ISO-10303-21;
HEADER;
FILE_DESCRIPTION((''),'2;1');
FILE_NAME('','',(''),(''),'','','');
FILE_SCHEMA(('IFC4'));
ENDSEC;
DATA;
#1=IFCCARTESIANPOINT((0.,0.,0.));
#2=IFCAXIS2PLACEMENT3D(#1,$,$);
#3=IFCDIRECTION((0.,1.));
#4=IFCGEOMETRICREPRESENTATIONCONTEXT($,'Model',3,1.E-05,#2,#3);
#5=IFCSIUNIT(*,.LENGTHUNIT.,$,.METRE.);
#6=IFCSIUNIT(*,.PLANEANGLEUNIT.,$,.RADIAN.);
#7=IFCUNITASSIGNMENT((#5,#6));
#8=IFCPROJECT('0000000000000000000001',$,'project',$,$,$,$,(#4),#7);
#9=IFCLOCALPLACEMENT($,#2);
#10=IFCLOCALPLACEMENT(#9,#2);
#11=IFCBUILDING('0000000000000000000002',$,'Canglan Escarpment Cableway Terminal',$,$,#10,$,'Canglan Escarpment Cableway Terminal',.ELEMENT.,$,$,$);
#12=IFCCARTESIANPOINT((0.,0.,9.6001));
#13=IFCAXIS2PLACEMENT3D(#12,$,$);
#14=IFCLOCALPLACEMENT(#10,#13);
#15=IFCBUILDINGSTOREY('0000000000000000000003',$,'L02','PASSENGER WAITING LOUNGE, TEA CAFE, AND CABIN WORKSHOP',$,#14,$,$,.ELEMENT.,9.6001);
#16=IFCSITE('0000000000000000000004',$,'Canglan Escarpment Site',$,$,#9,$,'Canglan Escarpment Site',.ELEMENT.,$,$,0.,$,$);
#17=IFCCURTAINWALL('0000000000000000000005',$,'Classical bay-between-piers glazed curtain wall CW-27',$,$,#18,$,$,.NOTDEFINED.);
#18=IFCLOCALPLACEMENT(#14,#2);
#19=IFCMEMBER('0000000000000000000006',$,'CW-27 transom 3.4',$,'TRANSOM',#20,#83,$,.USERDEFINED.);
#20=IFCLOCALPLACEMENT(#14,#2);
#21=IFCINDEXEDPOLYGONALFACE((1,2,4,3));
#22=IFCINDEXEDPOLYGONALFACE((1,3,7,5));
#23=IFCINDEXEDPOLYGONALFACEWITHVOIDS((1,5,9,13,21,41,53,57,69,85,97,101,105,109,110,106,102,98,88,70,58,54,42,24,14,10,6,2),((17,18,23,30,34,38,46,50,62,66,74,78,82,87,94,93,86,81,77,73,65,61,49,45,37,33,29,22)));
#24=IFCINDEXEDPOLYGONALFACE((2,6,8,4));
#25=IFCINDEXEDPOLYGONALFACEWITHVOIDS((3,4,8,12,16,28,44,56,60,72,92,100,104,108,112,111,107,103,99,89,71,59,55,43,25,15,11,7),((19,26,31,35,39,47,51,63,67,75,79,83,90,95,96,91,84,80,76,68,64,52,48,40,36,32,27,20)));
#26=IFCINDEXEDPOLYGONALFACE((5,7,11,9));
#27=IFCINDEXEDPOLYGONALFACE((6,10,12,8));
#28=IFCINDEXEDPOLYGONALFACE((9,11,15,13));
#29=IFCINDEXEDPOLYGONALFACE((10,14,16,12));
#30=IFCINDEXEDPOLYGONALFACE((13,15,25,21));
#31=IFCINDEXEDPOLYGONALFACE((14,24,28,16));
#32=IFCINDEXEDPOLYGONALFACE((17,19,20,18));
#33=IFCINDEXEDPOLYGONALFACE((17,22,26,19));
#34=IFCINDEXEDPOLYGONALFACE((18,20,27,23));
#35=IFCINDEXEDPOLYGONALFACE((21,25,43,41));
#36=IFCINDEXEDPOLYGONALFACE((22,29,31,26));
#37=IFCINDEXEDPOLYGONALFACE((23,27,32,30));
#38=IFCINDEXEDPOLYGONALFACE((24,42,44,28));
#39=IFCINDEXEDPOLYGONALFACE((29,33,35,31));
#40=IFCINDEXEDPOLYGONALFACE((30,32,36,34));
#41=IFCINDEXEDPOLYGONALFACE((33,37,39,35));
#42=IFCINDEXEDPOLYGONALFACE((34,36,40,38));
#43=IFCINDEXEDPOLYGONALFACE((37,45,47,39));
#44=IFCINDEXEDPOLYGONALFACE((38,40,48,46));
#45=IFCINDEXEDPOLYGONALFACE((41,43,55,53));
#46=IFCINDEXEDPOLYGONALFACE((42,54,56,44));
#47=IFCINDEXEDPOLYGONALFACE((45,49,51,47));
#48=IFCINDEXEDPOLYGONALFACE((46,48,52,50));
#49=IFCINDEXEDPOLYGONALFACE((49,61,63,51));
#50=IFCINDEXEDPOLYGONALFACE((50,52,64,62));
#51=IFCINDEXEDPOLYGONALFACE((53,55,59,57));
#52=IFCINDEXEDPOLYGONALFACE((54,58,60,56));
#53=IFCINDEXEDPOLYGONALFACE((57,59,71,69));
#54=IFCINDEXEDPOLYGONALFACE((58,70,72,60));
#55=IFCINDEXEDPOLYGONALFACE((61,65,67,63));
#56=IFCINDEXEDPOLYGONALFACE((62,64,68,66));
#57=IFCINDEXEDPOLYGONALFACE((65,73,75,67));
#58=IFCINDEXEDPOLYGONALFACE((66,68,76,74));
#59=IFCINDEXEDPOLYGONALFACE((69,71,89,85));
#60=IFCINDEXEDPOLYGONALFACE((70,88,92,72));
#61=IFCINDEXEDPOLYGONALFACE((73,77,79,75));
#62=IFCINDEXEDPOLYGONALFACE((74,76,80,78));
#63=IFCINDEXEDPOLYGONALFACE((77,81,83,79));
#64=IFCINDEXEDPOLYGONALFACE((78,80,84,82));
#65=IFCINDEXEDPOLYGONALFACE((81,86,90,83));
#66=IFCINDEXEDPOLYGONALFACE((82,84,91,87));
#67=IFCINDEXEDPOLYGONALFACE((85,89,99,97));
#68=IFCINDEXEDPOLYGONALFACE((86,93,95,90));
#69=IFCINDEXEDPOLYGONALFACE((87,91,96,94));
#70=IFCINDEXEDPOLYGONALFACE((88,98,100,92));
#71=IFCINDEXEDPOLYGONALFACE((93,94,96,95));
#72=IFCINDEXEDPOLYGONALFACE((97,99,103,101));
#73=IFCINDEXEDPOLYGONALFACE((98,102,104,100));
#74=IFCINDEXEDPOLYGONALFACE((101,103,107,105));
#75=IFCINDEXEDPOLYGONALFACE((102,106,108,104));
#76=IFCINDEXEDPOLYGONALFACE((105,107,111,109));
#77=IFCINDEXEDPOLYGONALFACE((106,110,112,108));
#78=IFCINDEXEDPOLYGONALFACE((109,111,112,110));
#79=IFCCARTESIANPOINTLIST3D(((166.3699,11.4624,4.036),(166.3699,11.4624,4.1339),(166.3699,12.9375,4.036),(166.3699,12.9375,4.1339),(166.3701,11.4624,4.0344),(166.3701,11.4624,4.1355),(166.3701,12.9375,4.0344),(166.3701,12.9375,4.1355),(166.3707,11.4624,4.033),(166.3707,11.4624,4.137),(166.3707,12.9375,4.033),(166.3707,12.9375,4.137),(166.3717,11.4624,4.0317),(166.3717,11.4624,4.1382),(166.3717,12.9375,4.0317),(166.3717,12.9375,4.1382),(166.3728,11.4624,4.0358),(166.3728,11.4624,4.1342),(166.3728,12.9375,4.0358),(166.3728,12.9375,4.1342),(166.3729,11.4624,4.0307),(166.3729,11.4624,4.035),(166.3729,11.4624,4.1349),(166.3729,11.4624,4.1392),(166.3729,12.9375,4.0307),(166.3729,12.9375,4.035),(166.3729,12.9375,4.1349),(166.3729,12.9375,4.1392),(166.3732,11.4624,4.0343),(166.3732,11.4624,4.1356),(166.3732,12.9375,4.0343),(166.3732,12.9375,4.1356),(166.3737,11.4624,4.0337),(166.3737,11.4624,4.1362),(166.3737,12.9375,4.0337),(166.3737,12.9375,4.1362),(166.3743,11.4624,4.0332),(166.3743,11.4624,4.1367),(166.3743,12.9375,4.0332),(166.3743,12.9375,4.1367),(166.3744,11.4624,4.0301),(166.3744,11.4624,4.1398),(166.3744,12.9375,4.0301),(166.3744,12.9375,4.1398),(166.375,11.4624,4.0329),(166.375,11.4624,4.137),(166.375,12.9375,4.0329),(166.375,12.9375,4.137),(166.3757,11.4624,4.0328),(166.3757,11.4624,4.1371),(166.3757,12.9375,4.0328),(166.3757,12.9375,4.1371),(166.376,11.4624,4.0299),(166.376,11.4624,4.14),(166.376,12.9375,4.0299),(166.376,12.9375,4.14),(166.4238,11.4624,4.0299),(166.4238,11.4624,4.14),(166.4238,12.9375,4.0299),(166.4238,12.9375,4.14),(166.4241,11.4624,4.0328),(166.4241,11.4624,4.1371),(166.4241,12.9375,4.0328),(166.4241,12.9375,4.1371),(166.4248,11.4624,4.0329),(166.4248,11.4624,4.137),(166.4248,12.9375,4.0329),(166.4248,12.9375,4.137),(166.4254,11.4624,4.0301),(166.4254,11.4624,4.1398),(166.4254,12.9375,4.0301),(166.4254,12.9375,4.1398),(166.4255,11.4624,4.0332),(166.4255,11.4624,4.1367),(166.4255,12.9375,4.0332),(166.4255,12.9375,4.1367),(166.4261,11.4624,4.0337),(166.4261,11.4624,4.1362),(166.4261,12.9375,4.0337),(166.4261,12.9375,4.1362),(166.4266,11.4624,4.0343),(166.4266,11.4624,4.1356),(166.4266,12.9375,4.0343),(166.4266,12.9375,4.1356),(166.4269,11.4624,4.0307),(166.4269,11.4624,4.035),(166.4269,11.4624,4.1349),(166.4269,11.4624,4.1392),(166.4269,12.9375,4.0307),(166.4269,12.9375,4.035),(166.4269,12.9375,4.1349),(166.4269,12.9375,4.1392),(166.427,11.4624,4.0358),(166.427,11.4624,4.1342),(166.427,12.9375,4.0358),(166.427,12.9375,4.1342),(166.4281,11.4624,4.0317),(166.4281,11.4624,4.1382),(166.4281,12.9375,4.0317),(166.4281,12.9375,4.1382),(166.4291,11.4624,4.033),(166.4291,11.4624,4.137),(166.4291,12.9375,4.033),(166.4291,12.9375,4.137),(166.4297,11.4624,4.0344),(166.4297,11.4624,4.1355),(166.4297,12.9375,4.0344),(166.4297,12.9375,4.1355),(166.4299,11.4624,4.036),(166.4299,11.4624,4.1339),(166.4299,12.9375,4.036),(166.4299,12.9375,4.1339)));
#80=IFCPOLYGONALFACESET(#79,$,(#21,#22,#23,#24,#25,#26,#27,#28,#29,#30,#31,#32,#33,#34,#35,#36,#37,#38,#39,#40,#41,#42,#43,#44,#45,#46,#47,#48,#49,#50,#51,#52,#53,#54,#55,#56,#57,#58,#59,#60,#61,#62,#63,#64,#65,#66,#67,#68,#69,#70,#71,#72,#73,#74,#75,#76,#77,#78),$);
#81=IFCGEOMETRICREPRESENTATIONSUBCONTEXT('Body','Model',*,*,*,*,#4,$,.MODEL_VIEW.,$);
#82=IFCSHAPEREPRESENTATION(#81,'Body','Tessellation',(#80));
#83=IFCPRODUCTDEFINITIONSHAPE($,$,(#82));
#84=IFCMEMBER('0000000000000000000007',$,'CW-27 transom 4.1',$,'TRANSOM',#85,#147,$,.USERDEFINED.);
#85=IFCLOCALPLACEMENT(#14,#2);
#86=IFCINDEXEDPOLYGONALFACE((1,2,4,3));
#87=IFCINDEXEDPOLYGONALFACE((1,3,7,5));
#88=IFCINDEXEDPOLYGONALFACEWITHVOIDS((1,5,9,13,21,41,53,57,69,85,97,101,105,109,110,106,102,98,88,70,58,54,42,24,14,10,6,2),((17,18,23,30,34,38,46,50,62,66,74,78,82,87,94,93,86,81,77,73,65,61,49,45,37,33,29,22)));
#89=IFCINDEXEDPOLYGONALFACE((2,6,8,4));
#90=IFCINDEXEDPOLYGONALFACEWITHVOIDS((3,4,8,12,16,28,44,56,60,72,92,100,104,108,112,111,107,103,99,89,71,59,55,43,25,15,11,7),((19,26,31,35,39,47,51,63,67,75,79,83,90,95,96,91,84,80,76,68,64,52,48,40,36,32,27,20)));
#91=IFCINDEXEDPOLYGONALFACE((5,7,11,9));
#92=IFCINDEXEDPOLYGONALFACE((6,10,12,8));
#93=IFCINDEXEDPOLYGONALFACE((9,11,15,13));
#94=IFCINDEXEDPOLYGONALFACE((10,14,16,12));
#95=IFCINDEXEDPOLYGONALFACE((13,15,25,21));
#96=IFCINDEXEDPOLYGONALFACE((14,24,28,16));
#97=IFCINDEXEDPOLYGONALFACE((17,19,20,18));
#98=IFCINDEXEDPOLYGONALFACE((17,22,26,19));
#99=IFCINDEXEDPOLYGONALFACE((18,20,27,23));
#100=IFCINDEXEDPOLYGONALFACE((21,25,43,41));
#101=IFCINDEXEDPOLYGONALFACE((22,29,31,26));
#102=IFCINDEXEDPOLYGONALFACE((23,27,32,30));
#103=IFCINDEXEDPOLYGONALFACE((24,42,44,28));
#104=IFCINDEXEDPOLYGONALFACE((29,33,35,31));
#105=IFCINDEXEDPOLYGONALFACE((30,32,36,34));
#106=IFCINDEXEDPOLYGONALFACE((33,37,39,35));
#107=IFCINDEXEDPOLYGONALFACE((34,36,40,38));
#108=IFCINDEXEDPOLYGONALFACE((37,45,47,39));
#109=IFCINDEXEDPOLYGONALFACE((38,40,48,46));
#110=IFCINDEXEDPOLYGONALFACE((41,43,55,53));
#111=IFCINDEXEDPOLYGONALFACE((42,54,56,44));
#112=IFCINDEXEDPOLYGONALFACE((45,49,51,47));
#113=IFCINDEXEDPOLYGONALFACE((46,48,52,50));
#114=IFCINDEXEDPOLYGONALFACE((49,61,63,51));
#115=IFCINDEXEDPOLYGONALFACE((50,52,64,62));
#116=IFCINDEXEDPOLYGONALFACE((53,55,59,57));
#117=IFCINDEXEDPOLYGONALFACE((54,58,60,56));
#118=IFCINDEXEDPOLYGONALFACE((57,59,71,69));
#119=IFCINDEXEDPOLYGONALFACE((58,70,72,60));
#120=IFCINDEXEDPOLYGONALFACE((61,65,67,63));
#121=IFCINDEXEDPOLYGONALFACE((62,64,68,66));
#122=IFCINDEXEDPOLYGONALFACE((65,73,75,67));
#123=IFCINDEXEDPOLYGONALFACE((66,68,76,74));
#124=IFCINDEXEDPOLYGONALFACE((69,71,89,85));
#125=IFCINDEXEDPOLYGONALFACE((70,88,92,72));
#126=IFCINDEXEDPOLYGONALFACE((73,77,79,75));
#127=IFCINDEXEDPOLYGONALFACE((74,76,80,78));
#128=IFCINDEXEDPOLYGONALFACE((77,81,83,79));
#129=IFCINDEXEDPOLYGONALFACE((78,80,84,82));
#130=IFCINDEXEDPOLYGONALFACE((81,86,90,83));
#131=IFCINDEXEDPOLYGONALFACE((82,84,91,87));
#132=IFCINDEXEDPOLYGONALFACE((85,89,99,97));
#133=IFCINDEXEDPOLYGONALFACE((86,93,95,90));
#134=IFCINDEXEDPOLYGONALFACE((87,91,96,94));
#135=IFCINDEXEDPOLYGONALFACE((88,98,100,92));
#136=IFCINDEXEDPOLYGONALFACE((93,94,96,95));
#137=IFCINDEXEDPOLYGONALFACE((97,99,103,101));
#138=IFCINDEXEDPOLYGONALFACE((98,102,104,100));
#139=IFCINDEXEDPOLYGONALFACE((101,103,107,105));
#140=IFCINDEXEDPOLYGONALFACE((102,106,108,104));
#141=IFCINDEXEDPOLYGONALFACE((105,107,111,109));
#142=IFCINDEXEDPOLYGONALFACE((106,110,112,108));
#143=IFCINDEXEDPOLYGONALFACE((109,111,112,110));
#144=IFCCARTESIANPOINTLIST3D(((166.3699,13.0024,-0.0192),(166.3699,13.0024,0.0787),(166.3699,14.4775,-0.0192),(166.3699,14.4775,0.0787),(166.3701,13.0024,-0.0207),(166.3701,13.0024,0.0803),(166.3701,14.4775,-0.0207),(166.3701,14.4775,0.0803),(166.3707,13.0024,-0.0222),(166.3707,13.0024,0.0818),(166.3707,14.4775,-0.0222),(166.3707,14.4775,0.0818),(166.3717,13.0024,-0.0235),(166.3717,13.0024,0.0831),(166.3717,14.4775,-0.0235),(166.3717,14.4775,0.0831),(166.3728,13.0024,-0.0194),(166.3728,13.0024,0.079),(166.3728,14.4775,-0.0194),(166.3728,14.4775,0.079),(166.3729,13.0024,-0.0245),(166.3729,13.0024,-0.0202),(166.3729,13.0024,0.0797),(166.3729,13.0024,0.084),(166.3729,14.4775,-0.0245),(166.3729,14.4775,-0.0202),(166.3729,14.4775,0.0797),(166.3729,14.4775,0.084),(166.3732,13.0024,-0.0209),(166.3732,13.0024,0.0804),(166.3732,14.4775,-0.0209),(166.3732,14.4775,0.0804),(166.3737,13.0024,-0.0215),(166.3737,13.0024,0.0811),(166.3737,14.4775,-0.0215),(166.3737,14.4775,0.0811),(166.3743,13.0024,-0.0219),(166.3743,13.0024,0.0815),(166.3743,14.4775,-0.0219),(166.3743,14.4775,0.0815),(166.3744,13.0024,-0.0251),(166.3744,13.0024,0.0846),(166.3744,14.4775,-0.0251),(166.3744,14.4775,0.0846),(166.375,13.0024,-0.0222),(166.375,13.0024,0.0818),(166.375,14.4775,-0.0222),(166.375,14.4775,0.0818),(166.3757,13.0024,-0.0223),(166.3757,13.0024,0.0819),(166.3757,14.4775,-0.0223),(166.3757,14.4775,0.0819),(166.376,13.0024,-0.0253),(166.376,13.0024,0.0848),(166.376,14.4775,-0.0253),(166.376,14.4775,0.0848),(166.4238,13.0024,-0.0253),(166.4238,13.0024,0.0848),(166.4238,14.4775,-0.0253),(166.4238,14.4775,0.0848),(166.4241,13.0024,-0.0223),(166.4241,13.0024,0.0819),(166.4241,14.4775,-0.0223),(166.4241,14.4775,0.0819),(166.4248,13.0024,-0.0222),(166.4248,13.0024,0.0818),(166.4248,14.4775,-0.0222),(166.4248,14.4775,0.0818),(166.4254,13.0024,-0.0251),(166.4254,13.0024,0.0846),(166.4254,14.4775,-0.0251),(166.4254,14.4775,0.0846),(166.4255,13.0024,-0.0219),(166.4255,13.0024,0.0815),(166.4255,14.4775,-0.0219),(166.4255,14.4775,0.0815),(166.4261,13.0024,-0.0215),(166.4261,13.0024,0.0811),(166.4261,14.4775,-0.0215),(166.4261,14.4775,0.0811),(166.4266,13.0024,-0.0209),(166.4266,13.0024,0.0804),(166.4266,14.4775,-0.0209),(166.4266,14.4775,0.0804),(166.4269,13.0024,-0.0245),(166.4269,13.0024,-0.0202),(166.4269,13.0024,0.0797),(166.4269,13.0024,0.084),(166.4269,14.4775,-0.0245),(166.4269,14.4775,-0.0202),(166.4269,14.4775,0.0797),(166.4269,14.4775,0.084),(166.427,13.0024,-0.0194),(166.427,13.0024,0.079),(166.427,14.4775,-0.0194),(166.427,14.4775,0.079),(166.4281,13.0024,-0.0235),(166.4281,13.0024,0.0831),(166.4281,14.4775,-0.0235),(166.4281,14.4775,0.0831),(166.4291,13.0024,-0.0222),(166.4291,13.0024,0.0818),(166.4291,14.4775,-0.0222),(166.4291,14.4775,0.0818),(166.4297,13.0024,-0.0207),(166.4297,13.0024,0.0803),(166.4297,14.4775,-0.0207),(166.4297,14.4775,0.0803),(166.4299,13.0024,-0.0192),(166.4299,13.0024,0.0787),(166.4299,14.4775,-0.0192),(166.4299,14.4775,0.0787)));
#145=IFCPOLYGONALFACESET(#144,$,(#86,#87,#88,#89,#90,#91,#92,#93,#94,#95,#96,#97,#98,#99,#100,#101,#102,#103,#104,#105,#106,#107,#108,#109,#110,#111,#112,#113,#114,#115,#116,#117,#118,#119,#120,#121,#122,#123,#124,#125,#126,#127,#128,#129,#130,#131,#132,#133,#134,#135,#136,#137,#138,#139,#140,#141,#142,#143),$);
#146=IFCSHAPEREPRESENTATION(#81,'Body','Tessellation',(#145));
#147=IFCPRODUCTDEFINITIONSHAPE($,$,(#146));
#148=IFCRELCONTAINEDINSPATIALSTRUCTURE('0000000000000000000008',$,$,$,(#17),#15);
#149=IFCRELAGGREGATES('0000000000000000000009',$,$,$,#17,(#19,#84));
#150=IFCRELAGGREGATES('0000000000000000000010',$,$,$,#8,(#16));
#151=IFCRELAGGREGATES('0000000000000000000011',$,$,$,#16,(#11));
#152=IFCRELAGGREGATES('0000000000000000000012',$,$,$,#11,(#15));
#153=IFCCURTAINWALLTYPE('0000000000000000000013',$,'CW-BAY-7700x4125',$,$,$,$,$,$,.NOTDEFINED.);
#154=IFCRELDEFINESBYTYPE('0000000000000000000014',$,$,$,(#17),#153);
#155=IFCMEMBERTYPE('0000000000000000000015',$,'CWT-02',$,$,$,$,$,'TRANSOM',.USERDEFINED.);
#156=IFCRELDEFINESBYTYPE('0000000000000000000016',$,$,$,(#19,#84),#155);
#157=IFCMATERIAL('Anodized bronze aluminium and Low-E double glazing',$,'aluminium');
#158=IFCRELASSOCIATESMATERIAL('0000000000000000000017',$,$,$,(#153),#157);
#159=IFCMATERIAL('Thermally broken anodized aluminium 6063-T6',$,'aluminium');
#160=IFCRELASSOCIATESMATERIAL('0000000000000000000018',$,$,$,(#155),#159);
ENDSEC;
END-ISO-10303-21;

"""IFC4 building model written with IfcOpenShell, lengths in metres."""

from ifc_helpers import new_model, si_unit, direction, frame, origin, origin_2d, place, context, subcontext, project, spatial, hollow_rectangle, extrude, material, material_profile, profile_set, type_object, element, aggregate, save


model = new_model("IFC4")

# Units and contexts
model_context = context("Model", 3, precision=1e-05, world=origin(), true_north=direction((0.0, 1.0)))
body_context = subcontext(model_context, "Body", "Model", "MODEL_VIEW")
ifc_project = project(units=[si_unit("LENGTHUNIT", "METRE"), si_unit("PLANEANGLEUNIT", "RADIAN")], contexts=[model_context])

# Site, building, storey
site_placement = place(None, origin())
site = spatial("IfcSite", under=ifc_project, at=site_placement, Name="Canglan Escarpment Site", LongName="Canglan Escarpment Site", CompositionType="ELEMENT", RefElevation=0.0)
building_placement = place(site_placement, origin())
building = spatial("IfcBuilding", under=site, at=building_placement, Name="Canglan Escarpment Cableway Terminal", LongName="Canglan Escarpment Cableway Terminal", CompositionType="ELEMENT")
storey_placement = place(building_placement, frame((0.0, 0.0, 9.6001)))
storey = spatial("IfcBuildingStorey", under=building, at=storey_placement, Name="L02", Description="PASSENGER WAITING LOUNGE, TEA CAFE, AND CABIN WORKSHOP", CompositionType="ELEMENT", Elevation=9.6001)

# Curtain wall, members
ifc_material_1 = material(Name="Anodized bronze aluminium and Low-E double glazing", Category="aluminium")
curtain_wall_type = type_object("IfcCurtainWallType", Name="CW-BAY-7700x4125", PredefinedType="NOTDEFINED", material=ifc_material_1)
curtain_wall_placement = place(storey_placement, origin())
curtain_wall = element("IfcCurtainWall", 1, at=curtain_wall_placement, inside=storey, type_object=curtain_wall_type, Name="Classical bay-between-piers glazed curtain wall CW-27", PredefinedType="NOTDEFINED")
ifc_material_2 = material(Name="Thermally broken anodized aluminium 6063-T6", Category="aluminium")
ifc_material_profile_1 = material_profile(ifc_material_2, hollow_rectangle(XDim=0.0601, YDim=0.1101, WallThickness=0.0029, InnerFilletRadius=0.0029, OuterFilletRadius=0.0061, at=origin_2d()), Name="ALU-TRAN 60x110x3")
ifc_profile_set_1 = profile_set([ifc_material_profile_1], Name="Thermally broken anodized aluminium 6063-T6")
member_type_1 = type_object("IfcMemberType", Name="CWT-02", ElementType="TRANSOM", PredefinedType="USERDEFINED", material=ifc_profile_set_1)
member_1_placement = place(storey_placement, frame((166.3999, 11.4624, 4.085), z_axis=(0.0, 1.0, 0.0), x_axis=(-1.0, 0.0, 0.0)))
member_1 = element("IfcMember", 2, at=member_1_placement, type_object=member_type_1, Name="CW-27 transom 3.4", ObjectType="TRANSOM", PredefinedType="USERDEFINED", context=body_context, shape_type="SweptSolid", body=[
    extrude(hollow_rectangle(XDim=0.0601, YDim=0.1101, WallThickness=0.0029, InnerFilletRadius=0.0029, OuterFilletRadius=0.0061, at=origin_2d()), origin(), (0.0, 0.0, 1.0), 1.4751),
])
member_2_placement = place(storey_placement, frame((166.3999, 13.0024, 0.0298), z_axis=(0.0, 1.0, 0.0), x_axis=(-1.0, 0.0, 0.0)))
member_2 = element("IfcMember", 3, at=member_2_placement, type_object=member_type_1, Name="CW-27 transom 4.1", ObjectType="TRANSOM", PredefinedType="USERDEFINED", context=body_context, shape_type="SweptSolid", body=[
    extrude(hollow_rectangle(XDim=0.0601, YDim=0.1101, WallThickness=0.0029, InnerFilletRadius=0.0029, OuterFilletRadius=0.0061, at=origin_2d()), origin(), (0.0, 0.0, 1.0), 1.4751),
])

aggregate(curtain_wall, [member_1, member_2])

save(model, "model.ifc")
